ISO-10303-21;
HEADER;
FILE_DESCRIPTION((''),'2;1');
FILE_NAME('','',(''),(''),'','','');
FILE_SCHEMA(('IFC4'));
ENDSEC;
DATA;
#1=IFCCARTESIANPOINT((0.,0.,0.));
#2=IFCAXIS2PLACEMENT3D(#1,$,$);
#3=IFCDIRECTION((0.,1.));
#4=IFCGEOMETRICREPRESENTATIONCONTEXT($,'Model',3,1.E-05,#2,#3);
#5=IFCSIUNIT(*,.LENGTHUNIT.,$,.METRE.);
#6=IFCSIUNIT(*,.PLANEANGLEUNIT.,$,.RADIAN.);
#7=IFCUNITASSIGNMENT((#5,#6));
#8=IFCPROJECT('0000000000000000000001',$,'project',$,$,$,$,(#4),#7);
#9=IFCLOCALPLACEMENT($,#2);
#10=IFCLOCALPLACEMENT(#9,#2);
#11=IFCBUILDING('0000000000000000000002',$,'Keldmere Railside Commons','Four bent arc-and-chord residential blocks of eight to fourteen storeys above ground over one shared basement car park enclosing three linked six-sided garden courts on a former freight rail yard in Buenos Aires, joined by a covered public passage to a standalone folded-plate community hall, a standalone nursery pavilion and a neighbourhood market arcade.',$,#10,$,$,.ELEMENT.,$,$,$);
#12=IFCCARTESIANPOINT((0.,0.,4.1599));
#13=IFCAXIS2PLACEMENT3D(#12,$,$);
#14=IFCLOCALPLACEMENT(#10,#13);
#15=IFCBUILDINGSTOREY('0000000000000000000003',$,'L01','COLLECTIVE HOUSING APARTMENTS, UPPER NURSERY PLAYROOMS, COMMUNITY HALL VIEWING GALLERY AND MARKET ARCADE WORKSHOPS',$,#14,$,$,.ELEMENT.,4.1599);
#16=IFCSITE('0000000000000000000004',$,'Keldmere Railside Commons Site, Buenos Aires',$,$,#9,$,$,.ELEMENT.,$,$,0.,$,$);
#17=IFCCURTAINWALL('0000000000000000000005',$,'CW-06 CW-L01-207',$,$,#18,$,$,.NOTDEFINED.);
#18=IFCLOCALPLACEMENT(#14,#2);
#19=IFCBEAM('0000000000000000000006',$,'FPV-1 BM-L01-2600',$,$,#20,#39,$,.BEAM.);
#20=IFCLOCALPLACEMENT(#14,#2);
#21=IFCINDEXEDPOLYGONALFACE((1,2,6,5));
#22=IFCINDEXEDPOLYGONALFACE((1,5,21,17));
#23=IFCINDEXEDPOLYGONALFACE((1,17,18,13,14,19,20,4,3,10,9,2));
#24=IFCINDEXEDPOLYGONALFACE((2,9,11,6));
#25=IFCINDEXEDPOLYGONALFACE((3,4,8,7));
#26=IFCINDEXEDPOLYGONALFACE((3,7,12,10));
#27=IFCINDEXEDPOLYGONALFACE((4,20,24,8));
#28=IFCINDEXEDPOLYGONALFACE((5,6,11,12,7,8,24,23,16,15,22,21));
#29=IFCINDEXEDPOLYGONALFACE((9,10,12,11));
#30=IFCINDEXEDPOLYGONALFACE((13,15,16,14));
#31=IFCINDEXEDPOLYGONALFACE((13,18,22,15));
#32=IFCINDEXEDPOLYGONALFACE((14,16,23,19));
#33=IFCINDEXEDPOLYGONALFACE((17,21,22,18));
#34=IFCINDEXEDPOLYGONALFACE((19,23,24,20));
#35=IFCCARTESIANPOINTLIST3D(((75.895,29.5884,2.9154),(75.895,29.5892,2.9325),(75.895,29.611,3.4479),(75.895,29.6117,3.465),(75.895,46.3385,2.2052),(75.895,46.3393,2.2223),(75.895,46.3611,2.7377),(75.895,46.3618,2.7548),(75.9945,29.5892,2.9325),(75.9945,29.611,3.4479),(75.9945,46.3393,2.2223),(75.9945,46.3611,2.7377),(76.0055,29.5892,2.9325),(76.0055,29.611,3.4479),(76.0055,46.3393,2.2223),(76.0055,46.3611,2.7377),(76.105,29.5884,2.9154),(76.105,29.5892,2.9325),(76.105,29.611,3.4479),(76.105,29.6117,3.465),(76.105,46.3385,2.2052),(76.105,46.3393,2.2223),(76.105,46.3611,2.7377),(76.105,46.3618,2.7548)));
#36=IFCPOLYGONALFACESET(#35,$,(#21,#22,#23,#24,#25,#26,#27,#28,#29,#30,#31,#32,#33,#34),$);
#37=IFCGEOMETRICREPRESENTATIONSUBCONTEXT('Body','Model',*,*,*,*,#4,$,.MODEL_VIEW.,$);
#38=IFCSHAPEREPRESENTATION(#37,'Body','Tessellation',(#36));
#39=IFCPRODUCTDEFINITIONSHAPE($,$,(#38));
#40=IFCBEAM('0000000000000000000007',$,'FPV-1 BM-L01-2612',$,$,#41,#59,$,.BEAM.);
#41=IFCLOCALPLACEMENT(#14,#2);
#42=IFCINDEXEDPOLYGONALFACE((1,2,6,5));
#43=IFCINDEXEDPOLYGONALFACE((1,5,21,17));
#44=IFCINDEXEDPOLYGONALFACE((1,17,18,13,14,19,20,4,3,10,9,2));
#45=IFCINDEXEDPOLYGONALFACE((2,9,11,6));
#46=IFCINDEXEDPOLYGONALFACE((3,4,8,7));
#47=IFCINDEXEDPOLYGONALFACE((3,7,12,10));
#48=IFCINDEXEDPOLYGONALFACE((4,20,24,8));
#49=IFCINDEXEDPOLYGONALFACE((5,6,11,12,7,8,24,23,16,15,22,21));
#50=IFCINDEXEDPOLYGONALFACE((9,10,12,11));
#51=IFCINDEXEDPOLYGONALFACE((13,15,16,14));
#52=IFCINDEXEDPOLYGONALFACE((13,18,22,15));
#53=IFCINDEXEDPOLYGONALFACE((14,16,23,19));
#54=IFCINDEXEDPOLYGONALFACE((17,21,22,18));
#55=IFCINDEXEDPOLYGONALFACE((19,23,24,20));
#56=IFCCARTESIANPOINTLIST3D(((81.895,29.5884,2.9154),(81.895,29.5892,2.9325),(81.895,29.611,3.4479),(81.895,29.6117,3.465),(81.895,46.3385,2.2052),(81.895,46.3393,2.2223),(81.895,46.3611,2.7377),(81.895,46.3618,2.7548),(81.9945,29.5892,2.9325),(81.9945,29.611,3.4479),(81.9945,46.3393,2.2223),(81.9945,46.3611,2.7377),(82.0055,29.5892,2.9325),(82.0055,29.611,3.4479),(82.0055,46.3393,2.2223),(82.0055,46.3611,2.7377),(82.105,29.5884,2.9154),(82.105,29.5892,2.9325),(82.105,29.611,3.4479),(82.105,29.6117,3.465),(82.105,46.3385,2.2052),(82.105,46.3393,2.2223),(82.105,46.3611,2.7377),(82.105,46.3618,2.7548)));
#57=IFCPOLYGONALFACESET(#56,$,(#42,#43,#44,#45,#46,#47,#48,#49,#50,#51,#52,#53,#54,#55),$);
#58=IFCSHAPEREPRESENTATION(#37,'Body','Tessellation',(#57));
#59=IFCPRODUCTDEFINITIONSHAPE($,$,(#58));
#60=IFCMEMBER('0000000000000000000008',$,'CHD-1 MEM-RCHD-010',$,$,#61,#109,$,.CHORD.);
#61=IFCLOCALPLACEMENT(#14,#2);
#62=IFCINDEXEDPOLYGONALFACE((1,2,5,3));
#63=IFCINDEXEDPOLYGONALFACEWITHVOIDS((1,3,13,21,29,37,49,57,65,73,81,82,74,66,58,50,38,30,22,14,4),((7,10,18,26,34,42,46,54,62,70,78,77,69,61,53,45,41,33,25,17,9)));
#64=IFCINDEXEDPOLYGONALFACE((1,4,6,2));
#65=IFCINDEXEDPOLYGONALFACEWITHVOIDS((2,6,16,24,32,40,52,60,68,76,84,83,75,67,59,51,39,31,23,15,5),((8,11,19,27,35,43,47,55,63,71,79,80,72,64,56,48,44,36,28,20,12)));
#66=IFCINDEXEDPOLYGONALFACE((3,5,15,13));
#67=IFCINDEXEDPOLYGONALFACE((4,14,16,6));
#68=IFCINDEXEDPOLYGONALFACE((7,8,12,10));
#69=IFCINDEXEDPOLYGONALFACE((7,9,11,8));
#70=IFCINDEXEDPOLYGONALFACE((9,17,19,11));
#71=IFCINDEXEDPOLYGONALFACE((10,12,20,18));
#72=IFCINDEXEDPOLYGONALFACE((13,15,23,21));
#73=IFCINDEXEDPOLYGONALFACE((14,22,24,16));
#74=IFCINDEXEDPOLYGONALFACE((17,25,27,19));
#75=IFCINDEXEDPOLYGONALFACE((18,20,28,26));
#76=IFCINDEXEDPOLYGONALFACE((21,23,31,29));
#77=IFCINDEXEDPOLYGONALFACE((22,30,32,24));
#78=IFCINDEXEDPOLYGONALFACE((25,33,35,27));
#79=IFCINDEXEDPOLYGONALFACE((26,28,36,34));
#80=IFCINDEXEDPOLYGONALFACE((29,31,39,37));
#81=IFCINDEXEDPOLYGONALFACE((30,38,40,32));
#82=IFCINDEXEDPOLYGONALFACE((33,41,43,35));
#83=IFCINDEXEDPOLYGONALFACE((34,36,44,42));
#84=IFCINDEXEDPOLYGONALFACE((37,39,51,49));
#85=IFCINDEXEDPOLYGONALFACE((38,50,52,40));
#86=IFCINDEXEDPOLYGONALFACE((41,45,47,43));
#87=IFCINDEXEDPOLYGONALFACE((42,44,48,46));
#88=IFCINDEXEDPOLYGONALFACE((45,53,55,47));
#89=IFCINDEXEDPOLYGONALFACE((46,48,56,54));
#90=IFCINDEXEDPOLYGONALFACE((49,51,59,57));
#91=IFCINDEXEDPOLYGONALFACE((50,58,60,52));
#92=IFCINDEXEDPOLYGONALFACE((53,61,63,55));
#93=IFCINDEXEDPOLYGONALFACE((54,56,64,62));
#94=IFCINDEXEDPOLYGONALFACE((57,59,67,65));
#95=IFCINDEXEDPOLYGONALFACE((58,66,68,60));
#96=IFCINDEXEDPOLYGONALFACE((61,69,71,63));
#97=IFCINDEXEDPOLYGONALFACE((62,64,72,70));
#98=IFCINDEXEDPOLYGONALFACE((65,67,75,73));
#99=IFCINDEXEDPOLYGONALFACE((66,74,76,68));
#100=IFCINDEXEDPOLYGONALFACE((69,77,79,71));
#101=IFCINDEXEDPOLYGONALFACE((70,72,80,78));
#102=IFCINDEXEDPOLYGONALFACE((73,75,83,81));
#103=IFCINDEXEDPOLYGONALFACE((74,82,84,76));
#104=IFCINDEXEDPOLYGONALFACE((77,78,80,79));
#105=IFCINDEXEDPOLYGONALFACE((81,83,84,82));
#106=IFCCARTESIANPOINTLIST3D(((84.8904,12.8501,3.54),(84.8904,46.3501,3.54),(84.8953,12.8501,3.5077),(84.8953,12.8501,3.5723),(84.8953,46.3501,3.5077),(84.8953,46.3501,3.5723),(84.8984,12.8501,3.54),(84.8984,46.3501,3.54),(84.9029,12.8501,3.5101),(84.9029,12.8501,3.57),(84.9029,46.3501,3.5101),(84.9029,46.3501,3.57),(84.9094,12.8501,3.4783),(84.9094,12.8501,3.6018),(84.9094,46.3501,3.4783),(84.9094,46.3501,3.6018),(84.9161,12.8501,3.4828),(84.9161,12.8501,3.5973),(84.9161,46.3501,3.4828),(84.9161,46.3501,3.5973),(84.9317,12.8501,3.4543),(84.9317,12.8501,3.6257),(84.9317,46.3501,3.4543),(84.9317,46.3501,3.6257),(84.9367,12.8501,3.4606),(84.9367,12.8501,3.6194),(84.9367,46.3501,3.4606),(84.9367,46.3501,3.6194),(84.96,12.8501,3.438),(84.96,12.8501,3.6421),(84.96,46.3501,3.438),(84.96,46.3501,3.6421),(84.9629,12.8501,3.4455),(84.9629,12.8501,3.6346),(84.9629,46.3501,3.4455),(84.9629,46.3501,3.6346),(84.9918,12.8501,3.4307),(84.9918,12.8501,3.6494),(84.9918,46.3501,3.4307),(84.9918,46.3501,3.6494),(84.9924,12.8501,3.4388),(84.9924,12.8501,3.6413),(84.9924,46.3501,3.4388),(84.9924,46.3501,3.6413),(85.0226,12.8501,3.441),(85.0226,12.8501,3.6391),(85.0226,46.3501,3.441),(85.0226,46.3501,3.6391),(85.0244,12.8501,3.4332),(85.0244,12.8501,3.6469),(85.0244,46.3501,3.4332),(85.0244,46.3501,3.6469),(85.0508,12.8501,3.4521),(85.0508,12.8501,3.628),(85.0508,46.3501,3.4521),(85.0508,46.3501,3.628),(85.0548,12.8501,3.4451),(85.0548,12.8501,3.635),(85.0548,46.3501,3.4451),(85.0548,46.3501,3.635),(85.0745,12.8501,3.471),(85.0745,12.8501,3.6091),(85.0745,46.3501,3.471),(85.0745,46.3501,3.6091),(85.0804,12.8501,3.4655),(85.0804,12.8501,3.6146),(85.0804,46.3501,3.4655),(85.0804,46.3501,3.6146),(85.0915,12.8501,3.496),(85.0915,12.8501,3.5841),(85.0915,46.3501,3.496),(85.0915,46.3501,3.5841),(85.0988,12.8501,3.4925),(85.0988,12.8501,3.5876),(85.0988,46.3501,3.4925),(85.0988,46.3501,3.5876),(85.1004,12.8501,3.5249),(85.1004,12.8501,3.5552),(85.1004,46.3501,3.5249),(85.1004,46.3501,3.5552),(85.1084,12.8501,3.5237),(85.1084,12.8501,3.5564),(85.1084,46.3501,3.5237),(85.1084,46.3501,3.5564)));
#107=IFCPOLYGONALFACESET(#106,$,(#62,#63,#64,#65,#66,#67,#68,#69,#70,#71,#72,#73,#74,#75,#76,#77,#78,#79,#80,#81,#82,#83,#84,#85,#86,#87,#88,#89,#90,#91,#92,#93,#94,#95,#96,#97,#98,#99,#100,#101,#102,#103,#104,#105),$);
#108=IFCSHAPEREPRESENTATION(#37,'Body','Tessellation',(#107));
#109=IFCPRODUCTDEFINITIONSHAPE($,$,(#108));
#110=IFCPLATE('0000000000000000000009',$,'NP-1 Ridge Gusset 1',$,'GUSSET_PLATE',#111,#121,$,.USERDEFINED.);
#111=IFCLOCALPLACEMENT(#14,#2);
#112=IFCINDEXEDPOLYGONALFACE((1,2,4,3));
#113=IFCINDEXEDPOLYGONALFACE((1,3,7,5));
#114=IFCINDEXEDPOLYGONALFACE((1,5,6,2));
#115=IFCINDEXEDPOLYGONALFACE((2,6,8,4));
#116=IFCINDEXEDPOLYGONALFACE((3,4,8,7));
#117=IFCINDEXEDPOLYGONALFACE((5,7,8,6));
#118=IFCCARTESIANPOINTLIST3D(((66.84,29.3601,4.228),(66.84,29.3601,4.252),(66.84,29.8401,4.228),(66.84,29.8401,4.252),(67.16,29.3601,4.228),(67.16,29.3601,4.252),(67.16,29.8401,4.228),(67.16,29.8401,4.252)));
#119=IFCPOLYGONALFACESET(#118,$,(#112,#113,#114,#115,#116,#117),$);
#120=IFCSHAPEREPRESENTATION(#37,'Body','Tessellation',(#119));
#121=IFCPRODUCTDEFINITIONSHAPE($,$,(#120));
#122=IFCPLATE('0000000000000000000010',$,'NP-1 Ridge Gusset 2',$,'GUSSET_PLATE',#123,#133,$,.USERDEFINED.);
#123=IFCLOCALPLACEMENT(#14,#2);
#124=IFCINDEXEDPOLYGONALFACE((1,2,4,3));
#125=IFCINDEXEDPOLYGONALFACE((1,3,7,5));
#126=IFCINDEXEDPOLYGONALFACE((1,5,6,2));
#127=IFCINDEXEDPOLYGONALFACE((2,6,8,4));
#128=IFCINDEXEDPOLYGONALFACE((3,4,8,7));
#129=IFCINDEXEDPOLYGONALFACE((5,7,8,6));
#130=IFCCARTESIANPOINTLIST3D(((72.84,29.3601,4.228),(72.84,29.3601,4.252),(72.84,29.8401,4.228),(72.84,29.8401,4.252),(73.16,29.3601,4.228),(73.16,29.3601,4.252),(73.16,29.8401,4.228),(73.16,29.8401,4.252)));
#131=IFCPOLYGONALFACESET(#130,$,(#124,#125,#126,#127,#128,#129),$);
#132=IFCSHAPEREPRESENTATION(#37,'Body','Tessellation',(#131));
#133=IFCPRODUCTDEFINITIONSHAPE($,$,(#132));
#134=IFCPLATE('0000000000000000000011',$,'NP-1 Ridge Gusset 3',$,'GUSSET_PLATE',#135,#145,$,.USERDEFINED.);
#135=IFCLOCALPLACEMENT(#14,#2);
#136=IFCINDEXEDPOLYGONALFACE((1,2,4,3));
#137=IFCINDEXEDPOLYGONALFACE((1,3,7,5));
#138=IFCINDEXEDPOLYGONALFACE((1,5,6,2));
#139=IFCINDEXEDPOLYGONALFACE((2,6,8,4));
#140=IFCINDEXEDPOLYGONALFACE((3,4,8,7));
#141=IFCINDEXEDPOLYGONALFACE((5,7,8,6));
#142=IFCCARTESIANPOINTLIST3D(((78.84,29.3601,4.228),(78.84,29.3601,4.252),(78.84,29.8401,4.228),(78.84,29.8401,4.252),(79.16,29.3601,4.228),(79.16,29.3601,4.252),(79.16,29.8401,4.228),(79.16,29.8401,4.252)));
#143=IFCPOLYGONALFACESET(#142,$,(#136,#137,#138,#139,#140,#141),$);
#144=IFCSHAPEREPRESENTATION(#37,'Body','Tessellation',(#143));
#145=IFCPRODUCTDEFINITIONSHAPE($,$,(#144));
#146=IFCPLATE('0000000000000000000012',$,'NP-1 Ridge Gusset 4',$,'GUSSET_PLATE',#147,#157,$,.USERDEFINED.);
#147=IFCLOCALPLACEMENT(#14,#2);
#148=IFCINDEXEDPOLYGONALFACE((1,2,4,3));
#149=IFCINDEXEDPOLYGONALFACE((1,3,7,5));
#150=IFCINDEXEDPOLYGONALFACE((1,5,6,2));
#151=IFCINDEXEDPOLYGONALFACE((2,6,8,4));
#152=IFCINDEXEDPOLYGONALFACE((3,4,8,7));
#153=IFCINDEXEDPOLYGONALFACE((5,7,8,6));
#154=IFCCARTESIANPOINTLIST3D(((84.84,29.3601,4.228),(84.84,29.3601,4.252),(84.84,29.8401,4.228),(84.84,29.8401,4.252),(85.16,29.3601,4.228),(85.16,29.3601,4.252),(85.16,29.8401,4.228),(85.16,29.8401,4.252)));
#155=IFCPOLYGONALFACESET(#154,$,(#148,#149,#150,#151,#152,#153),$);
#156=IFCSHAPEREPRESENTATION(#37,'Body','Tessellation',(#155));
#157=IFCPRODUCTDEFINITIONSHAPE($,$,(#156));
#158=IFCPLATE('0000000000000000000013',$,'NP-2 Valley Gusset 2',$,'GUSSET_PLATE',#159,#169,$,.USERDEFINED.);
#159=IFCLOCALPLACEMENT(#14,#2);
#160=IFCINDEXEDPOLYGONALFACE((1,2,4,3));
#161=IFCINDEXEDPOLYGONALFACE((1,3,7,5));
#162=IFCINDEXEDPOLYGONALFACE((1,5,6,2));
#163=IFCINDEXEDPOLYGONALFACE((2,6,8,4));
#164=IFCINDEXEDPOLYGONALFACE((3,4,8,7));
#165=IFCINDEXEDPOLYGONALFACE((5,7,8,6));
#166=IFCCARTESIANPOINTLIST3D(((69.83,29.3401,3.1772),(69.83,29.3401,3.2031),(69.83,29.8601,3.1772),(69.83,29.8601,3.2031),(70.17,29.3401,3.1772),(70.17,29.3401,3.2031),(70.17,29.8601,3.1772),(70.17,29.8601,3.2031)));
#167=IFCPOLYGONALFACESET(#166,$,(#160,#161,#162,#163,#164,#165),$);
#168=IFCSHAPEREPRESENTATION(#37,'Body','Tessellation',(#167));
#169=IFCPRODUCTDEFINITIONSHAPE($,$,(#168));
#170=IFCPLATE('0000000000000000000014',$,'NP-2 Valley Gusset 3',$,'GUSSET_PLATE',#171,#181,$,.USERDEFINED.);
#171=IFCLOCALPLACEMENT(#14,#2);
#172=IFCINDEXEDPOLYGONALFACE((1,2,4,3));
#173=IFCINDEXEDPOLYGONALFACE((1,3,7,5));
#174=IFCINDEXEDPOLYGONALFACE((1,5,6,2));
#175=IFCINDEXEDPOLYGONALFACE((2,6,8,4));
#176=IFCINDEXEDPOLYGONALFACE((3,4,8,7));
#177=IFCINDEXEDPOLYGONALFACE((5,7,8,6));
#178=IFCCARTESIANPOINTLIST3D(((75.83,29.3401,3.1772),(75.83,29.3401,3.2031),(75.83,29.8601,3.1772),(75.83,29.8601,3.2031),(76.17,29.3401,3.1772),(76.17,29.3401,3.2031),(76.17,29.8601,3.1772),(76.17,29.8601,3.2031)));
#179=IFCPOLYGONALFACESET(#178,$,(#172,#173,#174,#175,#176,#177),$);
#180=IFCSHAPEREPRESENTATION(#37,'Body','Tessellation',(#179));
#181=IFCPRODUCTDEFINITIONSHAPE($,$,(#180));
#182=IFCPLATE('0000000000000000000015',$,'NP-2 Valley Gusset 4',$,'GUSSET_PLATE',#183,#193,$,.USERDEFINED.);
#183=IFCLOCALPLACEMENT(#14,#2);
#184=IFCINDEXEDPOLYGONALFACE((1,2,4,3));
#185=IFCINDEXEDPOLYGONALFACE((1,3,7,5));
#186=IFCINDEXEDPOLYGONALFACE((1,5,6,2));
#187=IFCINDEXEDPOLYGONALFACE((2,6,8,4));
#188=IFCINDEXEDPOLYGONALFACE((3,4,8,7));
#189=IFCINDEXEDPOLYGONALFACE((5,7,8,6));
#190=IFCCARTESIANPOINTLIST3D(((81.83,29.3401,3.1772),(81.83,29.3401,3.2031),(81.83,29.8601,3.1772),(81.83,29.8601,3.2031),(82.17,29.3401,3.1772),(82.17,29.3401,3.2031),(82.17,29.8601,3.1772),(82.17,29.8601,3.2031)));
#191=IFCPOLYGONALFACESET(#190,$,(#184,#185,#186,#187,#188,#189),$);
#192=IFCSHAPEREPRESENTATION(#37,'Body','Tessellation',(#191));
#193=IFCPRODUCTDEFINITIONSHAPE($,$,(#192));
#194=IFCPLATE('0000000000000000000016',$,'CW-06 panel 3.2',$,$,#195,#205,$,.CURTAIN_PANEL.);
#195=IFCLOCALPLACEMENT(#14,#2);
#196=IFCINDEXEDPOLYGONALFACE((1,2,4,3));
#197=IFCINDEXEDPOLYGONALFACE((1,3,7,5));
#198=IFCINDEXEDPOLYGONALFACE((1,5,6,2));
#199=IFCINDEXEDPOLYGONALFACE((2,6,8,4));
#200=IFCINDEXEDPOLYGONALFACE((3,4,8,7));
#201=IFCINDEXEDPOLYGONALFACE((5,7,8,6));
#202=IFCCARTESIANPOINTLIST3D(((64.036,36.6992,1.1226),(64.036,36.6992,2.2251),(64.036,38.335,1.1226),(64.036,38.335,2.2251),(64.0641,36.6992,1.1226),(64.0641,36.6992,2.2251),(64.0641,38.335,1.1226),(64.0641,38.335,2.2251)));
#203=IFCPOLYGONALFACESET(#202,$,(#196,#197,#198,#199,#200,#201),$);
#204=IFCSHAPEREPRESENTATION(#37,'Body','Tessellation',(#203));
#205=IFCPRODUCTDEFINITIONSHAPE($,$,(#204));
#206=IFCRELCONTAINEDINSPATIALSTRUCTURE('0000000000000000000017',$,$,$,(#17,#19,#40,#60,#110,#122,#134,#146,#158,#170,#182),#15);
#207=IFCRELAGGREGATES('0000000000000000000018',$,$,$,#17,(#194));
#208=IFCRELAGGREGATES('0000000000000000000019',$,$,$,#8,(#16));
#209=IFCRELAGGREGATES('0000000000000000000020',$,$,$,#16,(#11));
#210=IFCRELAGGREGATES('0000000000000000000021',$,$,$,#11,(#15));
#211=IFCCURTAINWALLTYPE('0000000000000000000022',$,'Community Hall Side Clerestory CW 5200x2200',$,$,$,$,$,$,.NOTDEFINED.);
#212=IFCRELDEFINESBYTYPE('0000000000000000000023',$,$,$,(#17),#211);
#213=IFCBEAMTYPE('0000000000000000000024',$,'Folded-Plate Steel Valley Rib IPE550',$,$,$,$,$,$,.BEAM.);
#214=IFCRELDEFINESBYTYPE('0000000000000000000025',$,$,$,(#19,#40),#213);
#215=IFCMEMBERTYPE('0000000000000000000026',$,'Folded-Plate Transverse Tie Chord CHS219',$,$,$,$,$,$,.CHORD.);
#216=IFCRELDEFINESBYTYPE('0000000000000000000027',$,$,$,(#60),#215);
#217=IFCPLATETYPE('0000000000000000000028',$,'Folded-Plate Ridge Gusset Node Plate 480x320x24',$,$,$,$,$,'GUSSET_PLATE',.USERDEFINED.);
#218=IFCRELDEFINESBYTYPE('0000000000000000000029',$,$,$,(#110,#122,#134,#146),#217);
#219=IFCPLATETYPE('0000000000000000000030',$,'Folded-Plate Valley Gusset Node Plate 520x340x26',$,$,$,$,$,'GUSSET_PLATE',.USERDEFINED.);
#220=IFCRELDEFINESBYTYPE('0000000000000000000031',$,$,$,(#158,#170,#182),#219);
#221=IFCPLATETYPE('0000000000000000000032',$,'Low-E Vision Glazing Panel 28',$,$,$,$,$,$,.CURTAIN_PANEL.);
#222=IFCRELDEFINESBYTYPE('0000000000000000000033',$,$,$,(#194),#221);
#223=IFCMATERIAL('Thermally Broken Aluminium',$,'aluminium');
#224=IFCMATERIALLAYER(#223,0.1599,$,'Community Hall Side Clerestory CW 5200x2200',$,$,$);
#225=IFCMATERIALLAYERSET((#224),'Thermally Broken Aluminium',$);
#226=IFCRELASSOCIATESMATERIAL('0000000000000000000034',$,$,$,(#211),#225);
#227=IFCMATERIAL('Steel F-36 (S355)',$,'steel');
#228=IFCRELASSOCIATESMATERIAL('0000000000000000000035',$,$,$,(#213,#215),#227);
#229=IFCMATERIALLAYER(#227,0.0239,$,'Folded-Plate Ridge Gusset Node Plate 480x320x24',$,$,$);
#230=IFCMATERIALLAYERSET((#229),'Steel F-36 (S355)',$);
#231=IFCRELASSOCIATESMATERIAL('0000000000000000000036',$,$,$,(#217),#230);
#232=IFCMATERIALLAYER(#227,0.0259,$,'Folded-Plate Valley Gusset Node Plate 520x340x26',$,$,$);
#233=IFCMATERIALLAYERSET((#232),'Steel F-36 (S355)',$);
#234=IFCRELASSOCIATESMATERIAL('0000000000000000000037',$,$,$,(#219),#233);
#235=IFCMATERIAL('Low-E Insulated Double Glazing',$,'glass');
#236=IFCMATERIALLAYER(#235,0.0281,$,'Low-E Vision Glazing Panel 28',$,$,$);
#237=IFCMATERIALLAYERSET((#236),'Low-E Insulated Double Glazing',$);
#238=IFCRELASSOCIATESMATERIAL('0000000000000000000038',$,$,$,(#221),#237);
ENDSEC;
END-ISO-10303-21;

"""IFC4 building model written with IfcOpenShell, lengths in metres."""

from ifc_helpers import new_model, si_unit, direction, frame, origin, origin_2d, place, context, subcontext, project, spatial, rectangle, hollow_circle, i_section, extrude, material, layer, layer_set, material_profile, profile_set, type_object, element, aggregate, save


model = new_model("IFC4")

# Units and contexts
model_context = context("Model", 3, precision=1e-05, world=origin(), true_north=direction((0.0, 1.0)))
body_context = subcontext(model_context, "Body", "Model", "MODEL_VIEW")
ifc_project = project(units=[si_unit("LENGTHUNIT", "METRE"), si_unit("PLANEANGLEUNIT", "RADIAN")], contexts=[model_context])

# Site, building, storey
site_placement = place(None, origin())
site = spatial("IfcSite", under=ifc_project, at=site_placement, Name="Keldmere Railside Commons Site, Buenos Aires", CompositionType="ELEMENT", RefElevation=0.0)
building_placement = place(site_placement, origin())
building = spatial("IfcBuilding", under=site, at=building_placement, Name="Keldmere Railside Commons", Description="Four bent arc-and-chord residential blocks of eight to fourteen storeys above ground over one shared basement car park enclosing three linked six-sided garden courts on a former freight rail yard in Buenos Aires, joined by a covered public passage to a standalone folded-plate community hall, a standalone nursery pavilion and a neighbourhood market arcade.", CompositionType="ELEMENT")
storey_placement = place(building_placement, frame((0.0, 0.0, 4.1599)))
storey = spatial("IfcBuildingStorey", under=building, at=storey_placement, Name="L01", Description="COLLECTIVE HOUSING APARTMENTS, UPPER NURSERY PLAYROOMS, COMMUNITY HALL VIEWING GALLERY AND MARKET ARCADE WORKSHOPS", CompositionType="ELEMENT", Elevation=4.1599)

# Curtain wall
ifc_material_1 = material(Name="Thermally Broken Aluminium", Category="aluminium")
ifc_layer_1 = layer(ifc_material_1, 0.1599, Name="Community Hall Side Clerestory CW 5200x2200")
ifc_layer_set_1 = layer_set([ifc_layer_1], Name="Thermally Broken Aluminium")
curtain_wall_type = type_object("IfcCurtainWallType", Name="Community Hall Side Clerestory CW 5200x2200", PredefinedType="NOTDEFINED", material=ifc_layer_set_1)
curtain_wall_1_placement = place(storey_placement, origin())
curtain_wall_1 = element("IfcCurtainWall", 1, at=curtain_wall_1_placement, inside=storey, type_object=curtain_wall_type, Name="CW-06 CW-L01-207", PredefinedType="NOTDEFINED")

# Beams
ifc_material_2 = material(Name="Steel F-36 (S355)", Category="steel")
ifc_material_profile_1 = material_profile(ifc_material_2, i_section(OverallWidth=0.21, OverallDepth=0.55, WebThickness=0.011, FlangeThickness=0.0171, at=origin_2d()), Name="IPE-550")
ifc_profile_set_1 = profile_set([ifc_material_profile_1], Name="Steel F-36 (S355)")
beam_type_1 = type_object("IfcBeamType", Name="Folded-Plate Steel Valley Rib IPE550", PredefinedType="BEAM", material=ifc_profile_set_1)
for number, where, z_axis, x_axis, name in (
    (2, (76.0, 29.6001, 3.1902), (0.0, 0.999102, -0.042362), (-1.0, 0.0, 0.0), "FPV-1 BM-L01-2600"),
    (3, (82.0, 29.6001, 3.1902), (0.0, 0.999102, -0.042362), (-1.0, 0.0, 0.0), "FPV-1 BM-L01-2612"),
):
    element("IfcBeam", number, at=place(storey_placement, frame(where, z_axis=z_axis, x_axis=x_axis)), inside=storey, type_object=beam_type_1, Name=name, PredefinedType="BEAM", context=body_context, shape_type="SweptSolid", body=[
        extrude(i_section(OverallWidth=0.21, OverallDepth=0.55, WebThickness=0.011, FlangeThickness=0.0171, at=origin_2d()), origin(), (0.0, 0.0, 1.0), 16.7651),
    ])

# Member
ifc_material_profile_2 = material_profile(ifc_material_2, hollow_circle(Radius=0.1096, WallThickness=0.0081, at=origin_2d()), Name="CHS-219x8")
ifc_profile_set_2 = profile_set([ifc_material_profile_2], Name="Steel F-36 (S355)")
member_type_1 = type_object("IfcMemberType", Name="Folded-Plate Transverse Tie Chord CHS219", PredefinedType="CHORD", material=ifc_profile_set_2)
member_1_placement = place(storey_placement, frame((85.0, 12.8501, 3.54), z_axis=(0.0, 1.0, 0.0), x_axis=(-1.0, 0.0, 0.0)))
element("IfcMember", 4, at=member_1_placement, inside=storey, type_object=member_type_1, Name="CHD-1 MEM-RCHD-010", PredefinedType="CHORD", context=body_context, shape_type="SweptSolid", body=[
    extrude(hollow_circle(Radius=0.1096, WallThickness=0.0081, at=origin_2d()), origin(), (0.0, 0.0, 1.0), 33.5),
])

# Plates
ifc_layer_2 = layer(ifc_material_2, 0.0239, Name="Folded-Plate Ridge Gusset Node Plate 480x320x24")
ifc_layer_set_2 = layer_set([ifc_layer_2], Name="Steel F-36 (S355)")
plate_type_1 = type_object("IfcPlateType", Name="Folded-Plate Ridge Gusset Node Plate 480x320x24", ElementType="GUSSET_PLATE", PredefinedType="USERDEFINED", material=ifc_layer_set_2)
for number, where, z_axis, x_axis, name in (
    (5, (67.0, 29.6001, 4.228), (0.0, 0.0, 1.0), (0.0, 1.0, 0.0), "NP-1 Ridge Gusset 1"),
    (6, (73.0, 29.6001, 4.228), (0.0, 0.0, 1.0), (0.0, 1.0, 0.0), "NP-1 Ridge Gusset 2"),
    (7, (79.0, 29.6001, 4.228), (0.0, 0.0, 1.0), (0.0, 1.0, 0.0), "NP-1 Ridge Gusset 3"),
    (8, (85.0, 29.6001, 4.228), (0.0, 0.0, 1.0), (0.0, 1.0, 0.0), "NP-1 Ridge Gusset 4"),
):
    element("IfcPlate", number, at=place(storey_placement, frame(where, z_axis=z_axis, x_axis=x_axis)), inside=storey, type_object=plate_type_1, Name=name, ObjectType="GUSSET_PLATE", PredefinedType="USERDEFINED", context=body_context, shape_type="SweptSolid", body=[
        extrude(rectangle(XDim=0.48, YDim=0.3201, at=origin_2d()), origin(), (0.0, 0.0, 1.0), 0.0239),
    ])
ifc_layer_3 = layer(ifc_material_2, 0.0259, Name="Folded-Plate Valley Gusset Node Plate 520x340x26")
ifc_layer_set_3 = layer_set([ifc_layer_3], Name="Steel F-36 (S355)")
plate_type_2 = type_object("IfcPlateType", Name="Folded-Plate Valley Gusset Node Plate 520x340x26", ElementType="GUSSET_PLATE", PredefinedType="USERDEFINED", material=ifc_layer_set_3)
for number, where, z_axis, x_axis, name in (
    (9, (70.0, 29.6001, 3.1772), (0.0, 0.0, 1.0), (0.0, 1.0, 0.0), "NP-2 Valley Gusset 2"),
    (10, (76.0, 29.6001, 3.1772), (0.0, 0.0, 1.0), (0.0, 1.0, 0.0), "NP-2 Valley Gusset 3"),
    (11, (82.0, 29.6001, 3.1772), (0.0, 0.0, 1.0), (0.0, 1.0, 0.0), "NP-2 Valley Gusset 4"),
):
    element("IfcPlate", number, at=place(storey_placement, frame(where, z_axis=z_axis, x_axis=x_axis)), inside=storey, type_object=plate_type_2, Name=name, ObjectType="GUSSET_PLATE", PredefinedType="USERDEFINED", context=body_context, shape_type="SweptSolid", body=[
        extrude(rectangle(XDim=0.52, YDim=0.3401, at=origin_2d()), origin(), (0.0, 0.0, 1.0), 0.0259),
    ])

# Plate
ifc_material_3 = material(Name="Low-E Insulated Double Glazing", Category="glass")
ifc_layer_4 = layer(ifc_material_3, 0.0281, Name="Low-E Vision Glazing Panel 28")
ifc_layer_set_4 = layer_set([ifc_layer_4], Name="Low-E Insulated Double Glazing")
plate_type_3 = type_object("IfcPlateType", Name="Low-E Vision Glazing Panel 28", PredefinedType="CURTAIN_PANEL", material=ifc_layer_set_4)
plate_placement = place(storey_placement, frame((64.05, 37.5171, 1.1226), z_axis=(0.0, 0.0, 1.0), x_axis=(0.0, 1.0, 0.0)))
plate = element("IfcPlate", 12, at=plate_placement, type_object=plate_type_3, Name="CW-06 panel 3.2", PredefinedType="CURTAIN_PANEL", context=body_context, shape_type="SweptSolid", body=[
    extrude(rectangle(XDim=1.6357, YDim=0.0281, at=origin_2d()), origin(), (0.0, 0.0, 1.0), 1.1025),
])
aggregate(curtain_wall_1, [plate])

save(model, "model.ifc")
